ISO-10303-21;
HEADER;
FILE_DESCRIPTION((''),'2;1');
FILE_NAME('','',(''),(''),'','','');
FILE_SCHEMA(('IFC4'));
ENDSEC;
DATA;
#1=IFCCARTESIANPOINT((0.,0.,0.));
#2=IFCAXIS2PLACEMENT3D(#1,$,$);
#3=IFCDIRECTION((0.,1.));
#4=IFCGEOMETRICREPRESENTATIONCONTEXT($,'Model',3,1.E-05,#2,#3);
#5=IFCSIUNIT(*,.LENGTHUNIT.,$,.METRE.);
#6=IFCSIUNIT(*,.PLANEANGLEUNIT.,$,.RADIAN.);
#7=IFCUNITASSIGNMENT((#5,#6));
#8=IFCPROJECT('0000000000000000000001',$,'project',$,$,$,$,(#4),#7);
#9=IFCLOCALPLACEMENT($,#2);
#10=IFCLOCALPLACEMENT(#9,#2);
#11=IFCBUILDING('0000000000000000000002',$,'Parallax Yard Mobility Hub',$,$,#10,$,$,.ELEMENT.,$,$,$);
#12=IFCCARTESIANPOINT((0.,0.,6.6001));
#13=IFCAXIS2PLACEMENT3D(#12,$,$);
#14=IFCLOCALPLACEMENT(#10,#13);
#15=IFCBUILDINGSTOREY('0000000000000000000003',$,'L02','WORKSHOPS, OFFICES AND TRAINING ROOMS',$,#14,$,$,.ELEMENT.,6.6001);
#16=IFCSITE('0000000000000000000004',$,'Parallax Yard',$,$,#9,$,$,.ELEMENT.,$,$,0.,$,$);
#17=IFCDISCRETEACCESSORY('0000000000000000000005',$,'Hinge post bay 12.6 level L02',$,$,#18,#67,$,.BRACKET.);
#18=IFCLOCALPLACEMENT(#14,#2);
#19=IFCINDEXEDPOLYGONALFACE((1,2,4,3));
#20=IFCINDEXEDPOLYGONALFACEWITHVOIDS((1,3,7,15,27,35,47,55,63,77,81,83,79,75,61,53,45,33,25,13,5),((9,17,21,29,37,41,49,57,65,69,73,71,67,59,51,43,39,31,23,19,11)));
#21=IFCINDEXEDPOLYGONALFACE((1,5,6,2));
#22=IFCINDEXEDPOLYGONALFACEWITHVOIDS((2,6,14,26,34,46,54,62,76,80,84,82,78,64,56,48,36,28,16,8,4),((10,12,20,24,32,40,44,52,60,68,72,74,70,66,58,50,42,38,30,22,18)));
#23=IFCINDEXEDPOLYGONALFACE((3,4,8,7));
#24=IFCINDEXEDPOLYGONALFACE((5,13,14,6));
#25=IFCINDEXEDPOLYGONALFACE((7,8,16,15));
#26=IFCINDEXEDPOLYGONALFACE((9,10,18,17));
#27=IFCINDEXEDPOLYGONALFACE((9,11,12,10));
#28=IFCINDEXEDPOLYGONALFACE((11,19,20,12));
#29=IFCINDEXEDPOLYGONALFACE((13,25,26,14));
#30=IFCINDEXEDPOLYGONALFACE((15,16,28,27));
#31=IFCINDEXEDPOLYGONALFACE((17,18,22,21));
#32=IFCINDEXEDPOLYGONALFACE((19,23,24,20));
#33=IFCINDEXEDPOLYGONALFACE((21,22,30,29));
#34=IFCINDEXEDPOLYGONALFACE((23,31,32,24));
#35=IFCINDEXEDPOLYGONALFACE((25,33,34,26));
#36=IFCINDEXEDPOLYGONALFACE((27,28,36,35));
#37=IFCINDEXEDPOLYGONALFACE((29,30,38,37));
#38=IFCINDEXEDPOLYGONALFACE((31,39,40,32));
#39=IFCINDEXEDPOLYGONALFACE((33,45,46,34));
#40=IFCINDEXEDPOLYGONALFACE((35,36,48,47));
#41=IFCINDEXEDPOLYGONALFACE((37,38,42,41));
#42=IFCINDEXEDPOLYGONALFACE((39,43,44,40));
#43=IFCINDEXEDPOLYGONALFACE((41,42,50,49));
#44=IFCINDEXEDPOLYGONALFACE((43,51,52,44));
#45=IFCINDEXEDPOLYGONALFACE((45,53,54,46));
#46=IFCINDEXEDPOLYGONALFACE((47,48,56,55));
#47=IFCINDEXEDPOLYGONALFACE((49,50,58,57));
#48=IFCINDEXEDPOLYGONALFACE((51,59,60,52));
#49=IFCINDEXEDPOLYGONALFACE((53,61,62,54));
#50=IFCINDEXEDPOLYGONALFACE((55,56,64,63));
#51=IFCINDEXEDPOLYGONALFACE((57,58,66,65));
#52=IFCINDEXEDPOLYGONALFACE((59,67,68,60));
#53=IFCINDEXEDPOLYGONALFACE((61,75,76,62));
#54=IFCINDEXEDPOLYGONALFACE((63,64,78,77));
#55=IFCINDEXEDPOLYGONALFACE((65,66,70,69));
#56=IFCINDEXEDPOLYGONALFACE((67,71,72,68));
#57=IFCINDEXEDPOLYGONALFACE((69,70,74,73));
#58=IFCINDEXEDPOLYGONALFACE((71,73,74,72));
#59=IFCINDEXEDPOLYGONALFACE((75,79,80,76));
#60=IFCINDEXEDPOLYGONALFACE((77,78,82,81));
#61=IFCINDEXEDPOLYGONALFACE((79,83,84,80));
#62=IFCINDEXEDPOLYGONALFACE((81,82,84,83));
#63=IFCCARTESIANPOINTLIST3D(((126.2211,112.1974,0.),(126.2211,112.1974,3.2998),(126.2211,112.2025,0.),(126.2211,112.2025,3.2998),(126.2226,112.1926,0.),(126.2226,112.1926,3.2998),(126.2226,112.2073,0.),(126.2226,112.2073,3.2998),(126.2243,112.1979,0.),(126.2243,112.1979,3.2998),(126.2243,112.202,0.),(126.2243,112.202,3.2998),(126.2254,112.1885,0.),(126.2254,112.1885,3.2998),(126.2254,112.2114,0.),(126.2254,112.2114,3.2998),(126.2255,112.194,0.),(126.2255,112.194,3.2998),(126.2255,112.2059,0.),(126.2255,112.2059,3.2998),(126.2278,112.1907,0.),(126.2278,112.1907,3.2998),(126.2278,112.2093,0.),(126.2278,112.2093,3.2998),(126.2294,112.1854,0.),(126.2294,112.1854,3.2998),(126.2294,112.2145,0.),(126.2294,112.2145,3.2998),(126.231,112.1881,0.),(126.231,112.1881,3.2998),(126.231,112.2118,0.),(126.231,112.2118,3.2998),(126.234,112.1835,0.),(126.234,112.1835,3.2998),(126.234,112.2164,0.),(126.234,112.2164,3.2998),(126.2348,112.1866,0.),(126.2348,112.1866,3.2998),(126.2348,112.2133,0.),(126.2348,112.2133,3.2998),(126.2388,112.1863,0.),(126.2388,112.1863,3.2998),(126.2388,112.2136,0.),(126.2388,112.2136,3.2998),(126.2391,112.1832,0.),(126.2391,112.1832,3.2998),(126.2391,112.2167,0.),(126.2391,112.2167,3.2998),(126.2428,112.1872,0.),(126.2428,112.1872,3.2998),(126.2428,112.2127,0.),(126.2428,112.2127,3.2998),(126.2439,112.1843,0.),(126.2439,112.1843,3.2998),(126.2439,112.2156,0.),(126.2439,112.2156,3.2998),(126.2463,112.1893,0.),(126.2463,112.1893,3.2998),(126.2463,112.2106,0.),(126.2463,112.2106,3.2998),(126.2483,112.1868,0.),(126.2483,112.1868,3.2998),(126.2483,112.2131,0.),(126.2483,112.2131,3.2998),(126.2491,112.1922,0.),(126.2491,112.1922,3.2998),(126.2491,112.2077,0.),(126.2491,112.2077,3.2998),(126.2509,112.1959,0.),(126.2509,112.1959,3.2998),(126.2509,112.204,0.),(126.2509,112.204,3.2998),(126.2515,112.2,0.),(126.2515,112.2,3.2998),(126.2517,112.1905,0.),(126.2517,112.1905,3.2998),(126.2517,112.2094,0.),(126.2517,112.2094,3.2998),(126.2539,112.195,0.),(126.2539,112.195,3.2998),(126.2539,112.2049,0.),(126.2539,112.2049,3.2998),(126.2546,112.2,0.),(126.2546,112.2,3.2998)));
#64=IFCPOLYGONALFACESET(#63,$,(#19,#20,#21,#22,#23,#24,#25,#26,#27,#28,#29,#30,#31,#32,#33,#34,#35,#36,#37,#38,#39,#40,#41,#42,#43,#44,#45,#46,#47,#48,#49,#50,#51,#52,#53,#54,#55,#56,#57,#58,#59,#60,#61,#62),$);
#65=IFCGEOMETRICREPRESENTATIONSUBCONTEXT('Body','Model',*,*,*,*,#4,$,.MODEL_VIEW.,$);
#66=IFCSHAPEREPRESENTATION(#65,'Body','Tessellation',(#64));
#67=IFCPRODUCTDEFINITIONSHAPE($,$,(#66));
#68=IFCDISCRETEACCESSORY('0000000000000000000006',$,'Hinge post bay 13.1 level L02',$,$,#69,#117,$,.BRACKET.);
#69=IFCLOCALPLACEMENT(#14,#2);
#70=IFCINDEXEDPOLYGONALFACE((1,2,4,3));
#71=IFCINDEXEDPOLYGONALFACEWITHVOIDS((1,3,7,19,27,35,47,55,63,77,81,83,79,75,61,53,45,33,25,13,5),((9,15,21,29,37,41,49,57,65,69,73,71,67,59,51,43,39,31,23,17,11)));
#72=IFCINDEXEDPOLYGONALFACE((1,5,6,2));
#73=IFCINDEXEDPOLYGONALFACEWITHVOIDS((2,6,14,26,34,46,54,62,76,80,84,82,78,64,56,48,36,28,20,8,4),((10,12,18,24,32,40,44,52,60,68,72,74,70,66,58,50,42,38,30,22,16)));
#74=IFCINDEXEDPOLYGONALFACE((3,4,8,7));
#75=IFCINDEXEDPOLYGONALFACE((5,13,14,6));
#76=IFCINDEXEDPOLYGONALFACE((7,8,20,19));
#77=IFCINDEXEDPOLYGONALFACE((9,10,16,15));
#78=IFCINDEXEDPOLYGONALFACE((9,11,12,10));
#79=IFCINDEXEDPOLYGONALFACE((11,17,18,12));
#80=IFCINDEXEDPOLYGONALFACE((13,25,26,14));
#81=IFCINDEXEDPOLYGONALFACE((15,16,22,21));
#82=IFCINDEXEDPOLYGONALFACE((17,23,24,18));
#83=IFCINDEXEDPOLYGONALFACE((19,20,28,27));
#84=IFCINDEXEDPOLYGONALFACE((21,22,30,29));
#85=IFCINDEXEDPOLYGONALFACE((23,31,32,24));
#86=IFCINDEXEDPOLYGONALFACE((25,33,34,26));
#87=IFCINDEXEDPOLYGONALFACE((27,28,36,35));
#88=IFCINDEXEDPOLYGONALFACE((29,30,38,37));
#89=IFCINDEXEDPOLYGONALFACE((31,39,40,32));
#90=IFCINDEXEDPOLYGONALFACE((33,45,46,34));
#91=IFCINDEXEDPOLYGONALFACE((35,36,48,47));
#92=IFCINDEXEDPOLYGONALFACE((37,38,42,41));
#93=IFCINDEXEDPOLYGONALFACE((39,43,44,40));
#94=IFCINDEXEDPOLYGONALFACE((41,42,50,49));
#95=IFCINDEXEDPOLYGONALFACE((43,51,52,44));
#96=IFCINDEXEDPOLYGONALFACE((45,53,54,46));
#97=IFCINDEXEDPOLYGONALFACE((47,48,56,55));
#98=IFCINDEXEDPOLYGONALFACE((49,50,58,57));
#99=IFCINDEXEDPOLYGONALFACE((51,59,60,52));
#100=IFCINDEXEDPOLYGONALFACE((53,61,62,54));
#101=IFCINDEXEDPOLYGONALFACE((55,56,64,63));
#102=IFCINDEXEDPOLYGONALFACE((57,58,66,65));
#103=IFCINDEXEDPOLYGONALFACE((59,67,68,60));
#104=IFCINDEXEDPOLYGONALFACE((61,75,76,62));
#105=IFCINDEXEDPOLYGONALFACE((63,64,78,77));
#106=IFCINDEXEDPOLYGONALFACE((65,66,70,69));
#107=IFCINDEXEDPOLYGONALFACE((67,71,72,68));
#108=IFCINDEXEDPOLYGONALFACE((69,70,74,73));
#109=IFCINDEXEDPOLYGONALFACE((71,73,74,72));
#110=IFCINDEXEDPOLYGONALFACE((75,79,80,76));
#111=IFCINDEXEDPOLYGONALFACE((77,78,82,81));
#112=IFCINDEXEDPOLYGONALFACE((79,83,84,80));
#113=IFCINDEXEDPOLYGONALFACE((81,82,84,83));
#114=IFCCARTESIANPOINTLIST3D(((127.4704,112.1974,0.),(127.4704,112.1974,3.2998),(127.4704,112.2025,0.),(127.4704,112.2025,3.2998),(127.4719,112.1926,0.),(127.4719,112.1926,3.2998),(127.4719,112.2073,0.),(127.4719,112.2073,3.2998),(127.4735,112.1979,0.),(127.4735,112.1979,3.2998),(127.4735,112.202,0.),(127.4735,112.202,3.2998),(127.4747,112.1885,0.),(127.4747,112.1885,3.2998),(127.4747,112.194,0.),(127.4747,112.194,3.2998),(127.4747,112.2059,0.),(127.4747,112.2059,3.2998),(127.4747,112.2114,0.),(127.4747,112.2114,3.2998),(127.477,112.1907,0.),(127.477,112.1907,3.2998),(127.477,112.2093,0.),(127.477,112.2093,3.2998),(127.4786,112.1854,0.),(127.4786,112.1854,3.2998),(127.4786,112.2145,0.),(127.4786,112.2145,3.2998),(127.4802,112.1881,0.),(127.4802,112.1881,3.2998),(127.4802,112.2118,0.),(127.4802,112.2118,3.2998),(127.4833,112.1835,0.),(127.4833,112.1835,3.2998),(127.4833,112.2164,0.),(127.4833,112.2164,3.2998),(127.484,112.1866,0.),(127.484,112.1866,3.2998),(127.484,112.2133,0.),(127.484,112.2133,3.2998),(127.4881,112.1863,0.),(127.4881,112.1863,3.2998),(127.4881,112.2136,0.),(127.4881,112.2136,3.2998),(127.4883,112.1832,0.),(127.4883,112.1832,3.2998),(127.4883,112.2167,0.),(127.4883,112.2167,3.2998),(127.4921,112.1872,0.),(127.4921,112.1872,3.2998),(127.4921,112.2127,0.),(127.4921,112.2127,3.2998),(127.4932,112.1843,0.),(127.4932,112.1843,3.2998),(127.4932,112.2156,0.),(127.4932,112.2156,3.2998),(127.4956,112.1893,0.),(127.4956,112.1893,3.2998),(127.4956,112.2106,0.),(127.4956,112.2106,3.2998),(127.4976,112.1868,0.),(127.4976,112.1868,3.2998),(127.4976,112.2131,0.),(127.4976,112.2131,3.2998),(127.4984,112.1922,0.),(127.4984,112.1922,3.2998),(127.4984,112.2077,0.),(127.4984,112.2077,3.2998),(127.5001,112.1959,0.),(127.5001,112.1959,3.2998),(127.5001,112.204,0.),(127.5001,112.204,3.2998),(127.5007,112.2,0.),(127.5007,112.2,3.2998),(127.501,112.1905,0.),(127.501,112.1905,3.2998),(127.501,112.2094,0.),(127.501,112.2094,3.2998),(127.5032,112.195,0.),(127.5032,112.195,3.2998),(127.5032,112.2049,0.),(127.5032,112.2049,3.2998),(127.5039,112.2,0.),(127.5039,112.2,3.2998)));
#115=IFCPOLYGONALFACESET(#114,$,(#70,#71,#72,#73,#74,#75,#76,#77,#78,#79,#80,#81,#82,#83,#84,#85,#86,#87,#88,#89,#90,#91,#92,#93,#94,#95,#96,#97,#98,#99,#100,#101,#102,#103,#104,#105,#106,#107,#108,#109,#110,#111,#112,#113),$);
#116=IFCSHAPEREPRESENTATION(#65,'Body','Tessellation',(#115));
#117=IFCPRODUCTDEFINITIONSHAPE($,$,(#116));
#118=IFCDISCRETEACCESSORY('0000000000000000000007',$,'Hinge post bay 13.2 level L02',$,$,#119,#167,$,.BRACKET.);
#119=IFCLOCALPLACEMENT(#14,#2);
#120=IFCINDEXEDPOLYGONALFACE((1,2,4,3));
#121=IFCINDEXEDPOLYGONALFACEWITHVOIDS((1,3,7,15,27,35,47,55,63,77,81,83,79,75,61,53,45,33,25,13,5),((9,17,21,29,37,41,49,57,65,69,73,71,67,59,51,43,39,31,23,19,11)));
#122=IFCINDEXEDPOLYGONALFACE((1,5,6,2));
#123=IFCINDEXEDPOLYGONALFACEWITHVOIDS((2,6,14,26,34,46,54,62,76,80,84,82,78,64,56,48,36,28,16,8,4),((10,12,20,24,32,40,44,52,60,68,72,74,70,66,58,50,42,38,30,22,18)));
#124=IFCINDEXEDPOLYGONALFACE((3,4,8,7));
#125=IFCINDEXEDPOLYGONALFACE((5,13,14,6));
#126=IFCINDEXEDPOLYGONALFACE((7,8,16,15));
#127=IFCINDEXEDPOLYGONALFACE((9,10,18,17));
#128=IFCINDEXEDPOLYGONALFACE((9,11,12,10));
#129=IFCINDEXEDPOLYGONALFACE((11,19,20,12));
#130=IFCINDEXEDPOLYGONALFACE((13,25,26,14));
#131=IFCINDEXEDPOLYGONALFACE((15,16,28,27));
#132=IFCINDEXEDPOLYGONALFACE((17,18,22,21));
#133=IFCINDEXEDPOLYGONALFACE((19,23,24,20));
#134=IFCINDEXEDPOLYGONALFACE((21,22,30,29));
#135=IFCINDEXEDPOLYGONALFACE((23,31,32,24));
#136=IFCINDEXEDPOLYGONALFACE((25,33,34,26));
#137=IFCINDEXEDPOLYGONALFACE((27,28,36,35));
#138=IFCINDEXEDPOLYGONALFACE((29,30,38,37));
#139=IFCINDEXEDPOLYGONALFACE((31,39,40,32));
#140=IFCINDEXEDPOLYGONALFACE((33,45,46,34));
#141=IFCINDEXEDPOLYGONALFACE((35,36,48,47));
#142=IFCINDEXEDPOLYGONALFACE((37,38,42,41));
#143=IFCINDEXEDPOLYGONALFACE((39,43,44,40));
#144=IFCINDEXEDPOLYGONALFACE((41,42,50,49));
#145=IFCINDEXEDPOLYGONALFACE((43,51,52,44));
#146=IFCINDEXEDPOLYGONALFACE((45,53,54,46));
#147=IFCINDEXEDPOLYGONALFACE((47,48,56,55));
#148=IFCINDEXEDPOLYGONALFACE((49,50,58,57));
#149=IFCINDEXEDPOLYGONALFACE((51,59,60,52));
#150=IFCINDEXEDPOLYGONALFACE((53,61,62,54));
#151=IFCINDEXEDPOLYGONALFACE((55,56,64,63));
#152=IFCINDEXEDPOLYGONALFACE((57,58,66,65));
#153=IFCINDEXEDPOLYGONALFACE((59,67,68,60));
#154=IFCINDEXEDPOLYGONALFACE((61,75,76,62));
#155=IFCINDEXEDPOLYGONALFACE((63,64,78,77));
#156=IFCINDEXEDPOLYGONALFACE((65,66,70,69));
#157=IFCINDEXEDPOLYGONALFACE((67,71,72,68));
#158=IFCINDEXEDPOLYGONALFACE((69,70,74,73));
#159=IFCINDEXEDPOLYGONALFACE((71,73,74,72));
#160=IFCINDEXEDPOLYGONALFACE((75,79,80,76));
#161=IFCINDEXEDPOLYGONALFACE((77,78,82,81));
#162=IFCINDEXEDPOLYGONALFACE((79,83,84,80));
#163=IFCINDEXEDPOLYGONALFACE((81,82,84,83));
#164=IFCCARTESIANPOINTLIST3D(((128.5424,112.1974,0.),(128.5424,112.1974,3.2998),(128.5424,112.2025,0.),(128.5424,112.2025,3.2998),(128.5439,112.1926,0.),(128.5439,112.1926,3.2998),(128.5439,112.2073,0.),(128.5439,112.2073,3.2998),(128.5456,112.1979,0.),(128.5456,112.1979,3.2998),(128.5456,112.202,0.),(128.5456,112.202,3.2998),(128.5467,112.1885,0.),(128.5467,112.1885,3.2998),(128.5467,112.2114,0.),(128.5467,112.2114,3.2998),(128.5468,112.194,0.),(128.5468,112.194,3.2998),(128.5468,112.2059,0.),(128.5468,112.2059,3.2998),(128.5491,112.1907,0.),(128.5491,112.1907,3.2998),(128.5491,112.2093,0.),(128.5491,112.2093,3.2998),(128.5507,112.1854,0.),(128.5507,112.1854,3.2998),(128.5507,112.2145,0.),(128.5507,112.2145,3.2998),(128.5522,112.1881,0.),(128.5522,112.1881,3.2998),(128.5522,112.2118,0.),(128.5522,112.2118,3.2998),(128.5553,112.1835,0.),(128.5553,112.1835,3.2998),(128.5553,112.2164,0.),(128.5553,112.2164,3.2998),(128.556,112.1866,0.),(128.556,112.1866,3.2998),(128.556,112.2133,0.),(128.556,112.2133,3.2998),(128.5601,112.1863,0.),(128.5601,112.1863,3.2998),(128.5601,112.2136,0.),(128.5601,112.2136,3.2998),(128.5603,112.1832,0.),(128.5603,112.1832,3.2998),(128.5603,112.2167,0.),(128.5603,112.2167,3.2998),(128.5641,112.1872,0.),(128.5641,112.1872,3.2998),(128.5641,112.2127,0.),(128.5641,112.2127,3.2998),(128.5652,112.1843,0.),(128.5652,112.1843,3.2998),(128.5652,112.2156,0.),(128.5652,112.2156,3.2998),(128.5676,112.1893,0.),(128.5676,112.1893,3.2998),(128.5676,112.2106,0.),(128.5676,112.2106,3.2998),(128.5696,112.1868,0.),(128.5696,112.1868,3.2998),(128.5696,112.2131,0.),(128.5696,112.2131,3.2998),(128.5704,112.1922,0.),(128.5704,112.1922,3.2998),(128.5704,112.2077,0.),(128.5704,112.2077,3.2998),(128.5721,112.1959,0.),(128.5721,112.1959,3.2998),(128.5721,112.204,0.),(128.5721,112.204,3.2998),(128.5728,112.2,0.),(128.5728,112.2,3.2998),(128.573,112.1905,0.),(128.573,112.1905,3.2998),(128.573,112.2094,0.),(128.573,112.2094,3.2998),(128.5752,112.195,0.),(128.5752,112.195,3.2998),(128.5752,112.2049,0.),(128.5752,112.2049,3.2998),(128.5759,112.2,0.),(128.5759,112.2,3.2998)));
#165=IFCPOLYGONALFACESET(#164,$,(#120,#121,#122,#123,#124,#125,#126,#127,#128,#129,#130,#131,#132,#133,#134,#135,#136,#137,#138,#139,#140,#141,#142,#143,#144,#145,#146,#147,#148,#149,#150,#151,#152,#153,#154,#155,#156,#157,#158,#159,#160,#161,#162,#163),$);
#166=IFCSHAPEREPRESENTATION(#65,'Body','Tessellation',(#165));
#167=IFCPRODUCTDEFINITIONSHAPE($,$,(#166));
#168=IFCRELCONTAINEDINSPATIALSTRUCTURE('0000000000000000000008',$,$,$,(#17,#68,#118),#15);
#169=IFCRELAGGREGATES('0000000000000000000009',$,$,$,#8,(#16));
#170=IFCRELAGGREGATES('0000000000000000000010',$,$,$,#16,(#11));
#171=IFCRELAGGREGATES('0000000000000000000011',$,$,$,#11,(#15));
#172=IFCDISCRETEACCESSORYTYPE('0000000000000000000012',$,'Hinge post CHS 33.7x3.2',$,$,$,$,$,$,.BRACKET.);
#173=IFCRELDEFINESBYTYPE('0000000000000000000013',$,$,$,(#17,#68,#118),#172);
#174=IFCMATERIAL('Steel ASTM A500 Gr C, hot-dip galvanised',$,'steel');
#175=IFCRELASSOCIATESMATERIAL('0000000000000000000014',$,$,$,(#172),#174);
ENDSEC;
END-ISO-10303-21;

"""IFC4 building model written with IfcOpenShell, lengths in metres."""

from ifc_helpers import new_model, si_unit, direction, frame, origin, origin_2d, place, context, subcontext, project, spatial, hollow_circle, extrude, material, material_profile, profile_set, type_object, element, save


model = new_model("IFC4")

# Units and contexts
model_context = context("Model", 3, precision=1e-05, world=origin(), true_north=direction((0.0, 1.0)))
body_context = subcontext(model_context, "Body", "Model", "MODEL_VIEW")
ifc_project = project(units=[si_unit("LENGTHUNIT", "METRE"), si_unit("PLANEANGLEUNIT", "RADIAN")], contexts=[model_context])

# Site, building, storey
site_placement = place(None, origin())
site = spatial("IfcSite", under=ifc_project, at=site_placement, Name="Parallax Yard", CompositionType="ELEMENT", RefElevation=0.0)
building_placement = place(site_placement, origin())
building = spatial("IfcBuilding", under=site, at=building_placement, Name="Parallax Yard Mobility Hub", CompositionType="ELEMENT")
storey_placement = place(building_placement, frame((0.0, 0.0, 6.6001)))
storey = spatial("IfcBuildingStorey", under=building, at=storey_placement, Name="L02", Description="WORKSHOPS, OFFICES AND TRAINING ROOMS", CompositionType="ELEMENT", Elevation=6.6001)

# Discrete accessories
ifc_material_1 = material(Name="Steel ASTM A500 Gr C, hot-dip galvanised", Category="steel")
ifc_material_profile_1 = material_profile(ifc_material_1, hollow_circle(Radius=0.0168, WallThickness=0.0032, at=origin_2d()), Name="CHS 33.7x3.2")
ifc_profile_set_1 = profile_set([ifc_material_profile_1], Name="Steel ASTM A500 Gr C, hot-dip galvanised")
discrete_accessory_type_1 = type_object("IfcDiscreteAccessoryType", Name="Hinge post CHS 33.7x3.2", PredefinedType="BRACKET", material=ifc_profile_set_1)
for number, where, z_axis, x_axis, name in (
    (1, (126.2378, 112.2, 0.0), (0.0, 0.0, 1.0), (1.0, 0.0, 0.0), "Hinge post bay 12.6 level L02"),
    (2, (127.4871, 112.2, 0.0), (0.0, 0.0, 1.0), (1.0, 0.0, 0.0), "Hinge post bay 13.1 level L02"),
    (3, (128.5591, 112.2, 0.0), (0.0, 0.0, 1.0), (1.0, 0.0, 0.0), "Hinge post bay 13.2 level L02"),
):
    element("IfcDiscreteAccessory", number, at=place(storey_placement, frame(where, z_axis=z_axis, x_axis=x_axis)), inside=storey, type_object=discrete_accessory_type_1, Name=name, PredefinedType="BRACKET", context=body_context, shape_type="SweptSolid", body=[
        extrude(hollow_circle(Radius=0.0168, WallThickness=0.0032, at=origin_2d()), origin(), (0.0, 0.0, 1.0), 3.2998),
    ])

save(model, "model.ifc")
